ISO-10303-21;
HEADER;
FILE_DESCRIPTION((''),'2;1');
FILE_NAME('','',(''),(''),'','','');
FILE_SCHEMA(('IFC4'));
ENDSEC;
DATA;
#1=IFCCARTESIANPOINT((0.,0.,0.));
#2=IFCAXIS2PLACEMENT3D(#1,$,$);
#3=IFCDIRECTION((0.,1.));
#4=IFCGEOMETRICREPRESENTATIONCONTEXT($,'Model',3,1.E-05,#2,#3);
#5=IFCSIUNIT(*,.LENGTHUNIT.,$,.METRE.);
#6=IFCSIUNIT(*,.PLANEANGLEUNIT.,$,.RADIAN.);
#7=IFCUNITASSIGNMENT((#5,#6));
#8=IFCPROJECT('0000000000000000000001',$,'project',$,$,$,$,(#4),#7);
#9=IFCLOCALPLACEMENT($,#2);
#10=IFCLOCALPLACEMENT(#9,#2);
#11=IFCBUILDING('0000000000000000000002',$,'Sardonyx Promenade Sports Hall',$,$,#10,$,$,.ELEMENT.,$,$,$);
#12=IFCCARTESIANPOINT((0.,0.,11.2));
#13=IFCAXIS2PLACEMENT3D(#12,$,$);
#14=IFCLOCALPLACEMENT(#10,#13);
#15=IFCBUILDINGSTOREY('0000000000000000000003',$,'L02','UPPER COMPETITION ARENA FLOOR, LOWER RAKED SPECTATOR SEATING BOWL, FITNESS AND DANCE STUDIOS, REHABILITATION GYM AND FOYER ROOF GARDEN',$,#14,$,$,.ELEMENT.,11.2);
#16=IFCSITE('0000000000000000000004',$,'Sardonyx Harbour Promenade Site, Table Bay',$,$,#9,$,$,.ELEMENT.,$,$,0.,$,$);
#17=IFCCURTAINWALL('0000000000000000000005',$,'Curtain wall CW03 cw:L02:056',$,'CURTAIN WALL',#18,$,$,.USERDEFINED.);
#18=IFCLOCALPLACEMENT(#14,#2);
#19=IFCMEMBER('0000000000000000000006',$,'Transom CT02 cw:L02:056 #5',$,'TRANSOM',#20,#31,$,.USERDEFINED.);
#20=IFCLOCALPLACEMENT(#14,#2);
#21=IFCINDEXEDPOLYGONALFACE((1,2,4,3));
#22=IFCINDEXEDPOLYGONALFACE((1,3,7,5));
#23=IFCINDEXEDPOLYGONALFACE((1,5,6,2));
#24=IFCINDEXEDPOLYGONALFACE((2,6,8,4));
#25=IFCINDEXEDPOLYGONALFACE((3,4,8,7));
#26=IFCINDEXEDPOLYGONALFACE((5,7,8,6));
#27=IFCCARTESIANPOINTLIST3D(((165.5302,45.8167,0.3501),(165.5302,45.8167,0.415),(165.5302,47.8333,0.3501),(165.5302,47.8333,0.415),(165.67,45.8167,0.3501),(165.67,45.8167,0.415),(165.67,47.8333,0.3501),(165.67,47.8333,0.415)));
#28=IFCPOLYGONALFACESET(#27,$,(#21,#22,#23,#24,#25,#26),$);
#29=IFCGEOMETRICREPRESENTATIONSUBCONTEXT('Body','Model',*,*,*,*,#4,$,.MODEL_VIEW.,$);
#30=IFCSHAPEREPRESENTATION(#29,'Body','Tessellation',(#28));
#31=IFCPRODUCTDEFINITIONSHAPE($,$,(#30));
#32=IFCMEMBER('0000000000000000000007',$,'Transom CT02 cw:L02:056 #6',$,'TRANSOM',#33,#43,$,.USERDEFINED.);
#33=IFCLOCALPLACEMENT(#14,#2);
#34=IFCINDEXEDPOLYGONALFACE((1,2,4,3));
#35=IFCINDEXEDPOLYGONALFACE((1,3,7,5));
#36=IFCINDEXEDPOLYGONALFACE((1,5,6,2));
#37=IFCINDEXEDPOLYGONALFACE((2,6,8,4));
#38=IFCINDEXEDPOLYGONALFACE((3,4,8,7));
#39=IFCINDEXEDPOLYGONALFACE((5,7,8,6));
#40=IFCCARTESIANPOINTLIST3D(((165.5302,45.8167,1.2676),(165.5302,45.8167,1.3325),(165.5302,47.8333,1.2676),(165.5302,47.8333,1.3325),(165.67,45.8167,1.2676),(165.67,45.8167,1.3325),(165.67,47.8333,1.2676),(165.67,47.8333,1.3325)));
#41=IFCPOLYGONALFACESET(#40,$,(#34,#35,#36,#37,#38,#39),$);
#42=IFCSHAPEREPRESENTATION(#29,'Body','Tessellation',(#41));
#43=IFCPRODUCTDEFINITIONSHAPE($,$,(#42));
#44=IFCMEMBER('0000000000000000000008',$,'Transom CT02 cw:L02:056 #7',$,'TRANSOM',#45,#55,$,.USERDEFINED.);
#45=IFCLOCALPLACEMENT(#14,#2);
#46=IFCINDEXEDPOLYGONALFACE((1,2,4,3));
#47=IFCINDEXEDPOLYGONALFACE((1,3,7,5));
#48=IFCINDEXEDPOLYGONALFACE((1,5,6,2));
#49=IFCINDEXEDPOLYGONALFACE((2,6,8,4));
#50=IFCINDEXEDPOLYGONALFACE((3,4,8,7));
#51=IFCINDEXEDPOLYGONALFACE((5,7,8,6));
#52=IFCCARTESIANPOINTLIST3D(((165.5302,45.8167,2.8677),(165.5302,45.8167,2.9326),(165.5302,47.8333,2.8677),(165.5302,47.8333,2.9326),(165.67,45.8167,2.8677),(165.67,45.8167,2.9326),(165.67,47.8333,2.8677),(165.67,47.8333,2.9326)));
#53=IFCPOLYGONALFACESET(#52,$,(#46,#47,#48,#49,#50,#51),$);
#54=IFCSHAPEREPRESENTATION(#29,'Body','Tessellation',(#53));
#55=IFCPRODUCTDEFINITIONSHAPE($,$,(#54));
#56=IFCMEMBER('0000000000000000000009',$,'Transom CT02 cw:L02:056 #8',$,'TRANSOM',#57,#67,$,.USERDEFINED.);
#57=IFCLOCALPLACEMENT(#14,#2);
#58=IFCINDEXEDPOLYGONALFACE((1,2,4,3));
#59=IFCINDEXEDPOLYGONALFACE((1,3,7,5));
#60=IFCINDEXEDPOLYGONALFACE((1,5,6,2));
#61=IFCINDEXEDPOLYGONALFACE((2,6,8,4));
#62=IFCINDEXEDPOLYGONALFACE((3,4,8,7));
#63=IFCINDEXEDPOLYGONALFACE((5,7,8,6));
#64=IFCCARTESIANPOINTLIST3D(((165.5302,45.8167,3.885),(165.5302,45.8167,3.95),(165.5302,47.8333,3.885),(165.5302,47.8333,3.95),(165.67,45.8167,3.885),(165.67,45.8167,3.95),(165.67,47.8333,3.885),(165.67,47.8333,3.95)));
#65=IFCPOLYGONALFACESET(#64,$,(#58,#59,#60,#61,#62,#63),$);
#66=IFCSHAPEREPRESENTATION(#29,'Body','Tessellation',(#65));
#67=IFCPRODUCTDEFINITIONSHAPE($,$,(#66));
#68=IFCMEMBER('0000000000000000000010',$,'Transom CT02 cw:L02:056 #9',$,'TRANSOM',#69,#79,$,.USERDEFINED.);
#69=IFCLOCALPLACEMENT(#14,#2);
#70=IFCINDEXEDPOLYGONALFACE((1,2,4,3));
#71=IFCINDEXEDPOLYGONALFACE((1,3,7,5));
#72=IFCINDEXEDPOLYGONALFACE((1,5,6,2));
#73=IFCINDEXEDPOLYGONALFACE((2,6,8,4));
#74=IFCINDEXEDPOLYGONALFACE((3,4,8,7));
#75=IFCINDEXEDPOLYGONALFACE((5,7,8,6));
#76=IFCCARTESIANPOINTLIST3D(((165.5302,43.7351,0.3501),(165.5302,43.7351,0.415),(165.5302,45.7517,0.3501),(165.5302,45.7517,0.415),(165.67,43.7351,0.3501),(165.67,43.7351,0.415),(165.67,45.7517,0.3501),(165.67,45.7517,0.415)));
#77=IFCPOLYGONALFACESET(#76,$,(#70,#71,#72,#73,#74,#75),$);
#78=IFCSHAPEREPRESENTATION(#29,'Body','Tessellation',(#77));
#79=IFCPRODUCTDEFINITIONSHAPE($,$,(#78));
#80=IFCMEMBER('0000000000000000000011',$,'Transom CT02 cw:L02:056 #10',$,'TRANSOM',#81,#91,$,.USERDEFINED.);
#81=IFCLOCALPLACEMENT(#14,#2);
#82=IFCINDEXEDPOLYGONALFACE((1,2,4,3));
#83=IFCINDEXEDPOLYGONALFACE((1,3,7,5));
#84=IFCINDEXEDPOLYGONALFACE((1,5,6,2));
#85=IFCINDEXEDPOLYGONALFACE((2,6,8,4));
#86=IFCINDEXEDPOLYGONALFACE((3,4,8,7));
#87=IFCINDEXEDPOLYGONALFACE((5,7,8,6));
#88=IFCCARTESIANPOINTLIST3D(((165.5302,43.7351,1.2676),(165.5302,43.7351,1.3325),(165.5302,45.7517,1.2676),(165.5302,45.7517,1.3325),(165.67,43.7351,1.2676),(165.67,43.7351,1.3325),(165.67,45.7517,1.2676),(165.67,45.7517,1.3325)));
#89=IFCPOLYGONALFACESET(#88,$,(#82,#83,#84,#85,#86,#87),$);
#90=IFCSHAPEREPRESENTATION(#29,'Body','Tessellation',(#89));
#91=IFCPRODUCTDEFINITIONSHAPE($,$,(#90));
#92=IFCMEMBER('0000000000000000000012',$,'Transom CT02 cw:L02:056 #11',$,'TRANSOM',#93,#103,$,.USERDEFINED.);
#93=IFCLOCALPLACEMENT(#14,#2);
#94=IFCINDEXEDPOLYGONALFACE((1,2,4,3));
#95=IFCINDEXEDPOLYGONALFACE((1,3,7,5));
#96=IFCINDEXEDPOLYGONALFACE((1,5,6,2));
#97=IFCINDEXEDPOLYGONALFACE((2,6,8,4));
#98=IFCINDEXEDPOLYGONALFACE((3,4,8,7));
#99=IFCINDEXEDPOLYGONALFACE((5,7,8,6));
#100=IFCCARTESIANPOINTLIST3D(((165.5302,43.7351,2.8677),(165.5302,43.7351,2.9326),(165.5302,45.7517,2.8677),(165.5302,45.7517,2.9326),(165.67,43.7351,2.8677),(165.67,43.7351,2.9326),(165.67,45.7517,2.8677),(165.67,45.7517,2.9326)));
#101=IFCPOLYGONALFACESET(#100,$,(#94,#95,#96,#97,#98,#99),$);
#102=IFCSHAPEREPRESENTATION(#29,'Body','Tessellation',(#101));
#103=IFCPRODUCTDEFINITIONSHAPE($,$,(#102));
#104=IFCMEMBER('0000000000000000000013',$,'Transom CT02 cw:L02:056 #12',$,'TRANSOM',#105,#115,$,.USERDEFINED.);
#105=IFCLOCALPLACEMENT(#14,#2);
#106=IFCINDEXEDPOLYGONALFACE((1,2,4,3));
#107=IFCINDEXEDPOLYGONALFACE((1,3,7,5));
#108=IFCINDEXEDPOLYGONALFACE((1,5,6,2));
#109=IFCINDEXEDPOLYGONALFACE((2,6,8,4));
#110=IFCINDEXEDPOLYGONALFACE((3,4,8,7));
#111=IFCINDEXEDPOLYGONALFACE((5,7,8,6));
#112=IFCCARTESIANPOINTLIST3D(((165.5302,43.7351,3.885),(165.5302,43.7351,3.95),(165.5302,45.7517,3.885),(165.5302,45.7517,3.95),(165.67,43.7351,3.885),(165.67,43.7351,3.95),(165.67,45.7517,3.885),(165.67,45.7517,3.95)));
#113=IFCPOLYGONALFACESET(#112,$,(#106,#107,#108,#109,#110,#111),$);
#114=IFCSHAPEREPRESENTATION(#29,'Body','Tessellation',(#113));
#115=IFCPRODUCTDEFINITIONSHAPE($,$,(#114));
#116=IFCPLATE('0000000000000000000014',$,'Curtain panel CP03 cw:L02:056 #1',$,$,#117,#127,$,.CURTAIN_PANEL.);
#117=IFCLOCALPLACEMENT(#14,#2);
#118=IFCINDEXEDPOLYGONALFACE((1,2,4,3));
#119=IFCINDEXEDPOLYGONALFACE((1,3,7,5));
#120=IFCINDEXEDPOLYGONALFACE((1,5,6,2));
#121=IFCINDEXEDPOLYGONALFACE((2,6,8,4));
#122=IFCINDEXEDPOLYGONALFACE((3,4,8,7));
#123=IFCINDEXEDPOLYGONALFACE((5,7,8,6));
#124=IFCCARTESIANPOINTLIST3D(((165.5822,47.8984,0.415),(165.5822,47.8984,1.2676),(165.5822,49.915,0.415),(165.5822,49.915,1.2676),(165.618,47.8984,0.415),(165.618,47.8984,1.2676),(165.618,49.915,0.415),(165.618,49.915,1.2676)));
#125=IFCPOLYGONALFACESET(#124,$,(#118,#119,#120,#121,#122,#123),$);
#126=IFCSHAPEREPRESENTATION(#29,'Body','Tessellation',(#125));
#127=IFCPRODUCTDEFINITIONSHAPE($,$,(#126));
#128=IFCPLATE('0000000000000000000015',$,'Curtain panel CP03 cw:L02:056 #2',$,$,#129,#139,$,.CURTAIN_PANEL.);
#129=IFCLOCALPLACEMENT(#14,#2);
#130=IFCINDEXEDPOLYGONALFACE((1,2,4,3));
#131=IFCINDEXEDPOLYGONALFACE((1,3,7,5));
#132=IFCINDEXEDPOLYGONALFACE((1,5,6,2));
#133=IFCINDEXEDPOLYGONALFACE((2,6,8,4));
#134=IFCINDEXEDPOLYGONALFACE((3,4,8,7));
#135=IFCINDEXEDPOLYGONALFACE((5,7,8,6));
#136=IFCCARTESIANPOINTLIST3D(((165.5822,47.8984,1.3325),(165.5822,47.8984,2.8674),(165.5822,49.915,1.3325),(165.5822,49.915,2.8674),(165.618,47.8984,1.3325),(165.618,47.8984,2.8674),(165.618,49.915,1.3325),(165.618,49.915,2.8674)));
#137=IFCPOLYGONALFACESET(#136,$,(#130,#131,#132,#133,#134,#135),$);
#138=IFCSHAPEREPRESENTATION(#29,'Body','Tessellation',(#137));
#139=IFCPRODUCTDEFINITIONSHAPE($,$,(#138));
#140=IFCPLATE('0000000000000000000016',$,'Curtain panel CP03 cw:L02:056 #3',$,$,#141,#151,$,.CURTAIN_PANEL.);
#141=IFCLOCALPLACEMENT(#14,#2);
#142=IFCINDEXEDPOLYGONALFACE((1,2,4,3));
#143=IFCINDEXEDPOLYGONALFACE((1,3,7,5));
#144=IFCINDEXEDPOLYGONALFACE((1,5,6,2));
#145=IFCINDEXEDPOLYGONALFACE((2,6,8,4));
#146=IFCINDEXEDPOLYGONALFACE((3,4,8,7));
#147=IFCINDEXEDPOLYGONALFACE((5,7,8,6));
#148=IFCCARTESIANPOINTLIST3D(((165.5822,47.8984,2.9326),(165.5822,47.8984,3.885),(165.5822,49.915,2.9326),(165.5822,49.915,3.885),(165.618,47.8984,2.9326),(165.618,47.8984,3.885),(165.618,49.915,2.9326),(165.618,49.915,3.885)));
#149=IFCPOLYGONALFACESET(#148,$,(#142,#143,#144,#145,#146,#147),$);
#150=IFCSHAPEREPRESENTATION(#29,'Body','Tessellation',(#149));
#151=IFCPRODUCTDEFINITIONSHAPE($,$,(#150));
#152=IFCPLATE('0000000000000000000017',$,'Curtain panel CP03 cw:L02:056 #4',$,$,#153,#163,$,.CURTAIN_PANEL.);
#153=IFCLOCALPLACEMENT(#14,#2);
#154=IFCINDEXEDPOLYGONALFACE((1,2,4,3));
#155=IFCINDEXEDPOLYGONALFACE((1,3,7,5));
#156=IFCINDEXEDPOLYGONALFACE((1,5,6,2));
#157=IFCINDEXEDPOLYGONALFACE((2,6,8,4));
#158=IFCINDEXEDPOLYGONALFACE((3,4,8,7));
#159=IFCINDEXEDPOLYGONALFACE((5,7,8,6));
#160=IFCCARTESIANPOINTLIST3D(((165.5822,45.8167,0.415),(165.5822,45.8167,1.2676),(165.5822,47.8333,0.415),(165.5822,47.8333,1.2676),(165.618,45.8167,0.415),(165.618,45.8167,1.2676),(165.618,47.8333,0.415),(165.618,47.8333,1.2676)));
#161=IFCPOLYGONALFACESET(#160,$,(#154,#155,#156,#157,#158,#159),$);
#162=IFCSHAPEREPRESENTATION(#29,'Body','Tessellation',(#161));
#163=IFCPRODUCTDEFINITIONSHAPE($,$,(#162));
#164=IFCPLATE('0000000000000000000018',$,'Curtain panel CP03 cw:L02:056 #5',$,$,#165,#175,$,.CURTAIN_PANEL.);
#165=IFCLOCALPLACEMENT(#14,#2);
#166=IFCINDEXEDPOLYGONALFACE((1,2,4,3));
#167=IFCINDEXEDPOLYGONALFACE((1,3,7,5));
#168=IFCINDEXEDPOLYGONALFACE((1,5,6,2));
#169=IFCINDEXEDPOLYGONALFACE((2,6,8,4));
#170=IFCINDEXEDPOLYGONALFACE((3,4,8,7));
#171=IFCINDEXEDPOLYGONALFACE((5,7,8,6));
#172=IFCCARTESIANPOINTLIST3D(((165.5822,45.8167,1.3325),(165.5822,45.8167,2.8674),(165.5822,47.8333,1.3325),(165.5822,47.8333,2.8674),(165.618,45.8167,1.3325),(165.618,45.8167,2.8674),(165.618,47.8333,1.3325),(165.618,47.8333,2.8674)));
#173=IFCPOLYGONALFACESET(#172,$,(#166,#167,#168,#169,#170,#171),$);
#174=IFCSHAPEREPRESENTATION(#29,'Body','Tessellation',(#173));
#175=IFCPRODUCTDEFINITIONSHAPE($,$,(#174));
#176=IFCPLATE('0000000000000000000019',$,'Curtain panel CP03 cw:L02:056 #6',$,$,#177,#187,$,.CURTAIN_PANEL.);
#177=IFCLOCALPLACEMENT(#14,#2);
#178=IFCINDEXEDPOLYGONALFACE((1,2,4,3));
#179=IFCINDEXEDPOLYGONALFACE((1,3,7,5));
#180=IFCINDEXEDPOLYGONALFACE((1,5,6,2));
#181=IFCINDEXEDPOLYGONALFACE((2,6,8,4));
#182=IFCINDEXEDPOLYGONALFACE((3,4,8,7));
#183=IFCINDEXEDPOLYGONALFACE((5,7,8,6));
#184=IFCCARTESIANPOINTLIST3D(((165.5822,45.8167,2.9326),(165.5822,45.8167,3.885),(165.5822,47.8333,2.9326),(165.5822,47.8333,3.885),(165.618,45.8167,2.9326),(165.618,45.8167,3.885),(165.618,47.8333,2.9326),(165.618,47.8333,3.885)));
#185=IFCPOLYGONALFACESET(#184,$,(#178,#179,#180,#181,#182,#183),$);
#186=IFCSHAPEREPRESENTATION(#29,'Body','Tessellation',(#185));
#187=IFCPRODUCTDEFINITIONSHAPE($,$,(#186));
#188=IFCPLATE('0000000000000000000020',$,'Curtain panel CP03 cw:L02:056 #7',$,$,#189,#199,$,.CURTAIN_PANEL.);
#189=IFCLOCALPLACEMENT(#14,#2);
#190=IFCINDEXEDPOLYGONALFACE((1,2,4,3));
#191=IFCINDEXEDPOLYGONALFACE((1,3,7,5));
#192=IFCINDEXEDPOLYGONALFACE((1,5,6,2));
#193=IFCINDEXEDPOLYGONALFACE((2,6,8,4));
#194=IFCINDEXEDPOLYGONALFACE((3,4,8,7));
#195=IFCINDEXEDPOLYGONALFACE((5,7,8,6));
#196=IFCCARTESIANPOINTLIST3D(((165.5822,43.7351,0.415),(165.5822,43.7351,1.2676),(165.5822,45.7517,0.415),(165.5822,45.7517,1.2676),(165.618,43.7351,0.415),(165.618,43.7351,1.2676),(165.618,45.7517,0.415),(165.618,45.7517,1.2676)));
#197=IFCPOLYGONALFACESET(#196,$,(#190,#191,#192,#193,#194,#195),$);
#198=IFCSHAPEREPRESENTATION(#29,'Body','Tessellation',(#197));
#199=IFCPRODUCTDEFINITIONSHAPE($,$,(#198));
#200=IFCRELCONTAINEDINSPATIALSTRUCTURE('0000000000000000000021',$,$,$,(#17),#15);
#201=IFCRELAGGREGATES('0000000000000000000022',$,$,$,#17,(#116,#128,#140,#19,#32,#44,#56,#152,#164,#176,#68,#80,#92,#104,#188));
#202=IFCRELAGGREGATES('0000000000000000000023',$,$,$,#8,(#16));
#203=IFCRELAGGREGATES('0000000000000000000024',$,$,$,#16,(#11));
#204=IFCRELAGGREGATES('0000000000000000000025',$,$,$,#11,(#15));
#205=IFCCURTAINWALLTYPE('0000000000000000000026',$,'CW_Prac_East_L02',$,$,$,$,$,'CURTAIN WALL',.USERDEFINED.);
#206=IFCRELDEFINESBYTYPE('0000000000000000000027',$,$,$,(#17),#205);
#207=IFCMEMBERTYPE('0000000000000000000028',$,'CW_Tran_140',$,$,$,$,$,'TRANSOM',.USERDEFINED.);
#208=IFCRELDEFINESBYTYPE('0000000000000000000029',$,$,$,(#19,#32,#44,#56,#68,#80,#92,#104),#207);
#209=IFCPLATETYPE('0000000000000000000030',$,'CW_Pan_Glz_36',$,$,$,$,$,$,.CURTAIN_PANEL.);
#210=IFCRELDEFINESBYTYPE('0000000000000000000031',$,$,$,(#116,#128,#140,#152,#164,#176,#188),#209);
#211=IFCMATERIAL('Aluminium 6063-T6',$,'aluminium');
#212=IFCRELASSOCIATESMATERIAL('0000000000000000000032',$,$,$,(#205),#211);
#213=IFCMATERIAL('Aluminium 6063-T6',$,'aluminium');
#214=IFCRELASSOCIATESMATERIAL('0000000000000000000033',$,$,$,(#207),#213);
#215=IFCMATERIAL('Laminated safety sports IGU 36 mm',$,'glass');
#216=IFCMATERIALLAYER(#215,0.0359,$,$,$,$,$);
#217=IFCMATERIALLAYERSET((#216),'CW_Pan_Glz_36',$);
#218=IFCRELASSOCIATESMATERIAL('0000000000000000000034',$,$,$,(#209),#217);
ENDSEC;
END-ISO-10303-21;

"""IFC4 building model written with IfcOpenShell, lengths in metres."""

from ifc_helpers import new_model, si_unit, direction, frame, origin, origin_2d, place, context, subcontext, project, spatial, rectangle, extrude, material, layer, layer_set, material_profile, profile_set, type_object, element, aggregate, save


model = new_model("IFC4")

# Units and contexts
model_context = context("Model", 3, precision=1e-05, world=origin(), true_north=direction((0.0, 1.0)))
body_context = subcontext(model_context, "Body", "Model", "MODEL_VIEW")
ifc_project = project(units=[si_unit("LENGTHUNIT", "METRE"), si_unit("PLANEANGLEUNIT", "RADIAN")], contexts=[model_context])

# Site, building, storey
site_placement = place(None, origin())
site = spatial("IfcSite", under=ifc_project, at=site_placement, Name="Sardonyx Harbour Promenade Site, Table Bay", CompositionType="ELEMENT", RefElevation=0.0)
building_placement = place(site_placement, origin())
building = spatial("IfcBuilding", under=site, at=building_placement, Name="Sardonyx Promenade Sports Hall", CompositionType="ELEMENT")
storey_placement = place(building_placement, frame((0.0, 0.0, 11.2)))
storey = spatial("IfcBuildingStorey", under=building, at=storey_placement, Name="L02", Description="UPPER COMPETITION ARENA FLOOR, LOWER RAKED SPECTATOR SEATING BOWL, FITNESS AND DANCE STUDIOS, REHABILITATION GYM AND FOYER ROOF GARDEN", CompositionType="ELEMENT", Elevation=11.2)

# Curtain wall, members, plates
ifc_material_1 = material(Name="Aluminium 6063-T6", Category="aluminium")
curtain_wall_type = type_object("IfcCurtainWallType", Name="CW_Prac_East_L02", ElementType="CURTAIN WALL", PredefinedType="USERDEFINED", material=ifc_material_1)
curtain_wall_placement = place(storey_placement, origin())
curtain_wall = element("IfcCurtainWall", 1, at=curtain_wall_placement, inside=storey, type_object=curtain_wall_type, Name="Curtain wall CW03 cw:L02:056", ObjectType="CURTAIN WALL", PredefinedType="USERDEFINED")
ifc_material_2 = material(Name="Aluminium 6063-T6", Category="aluminium")
ifc_material_profile_1 = material_profile(ifc_material_2, rectangle(XDim=0.0649, YDim=0.1399, at=origin_2d()))
ifc_profile_set_1 = profile_set([ifc_material_profile_1], Name="Aluminium 6063-T6")
member_type_1 = type_object("IfcMemberType", Name="CW_Tran_140", ElementType="TRANSOM", PredefinedType="USERDEFINED", material=ifc_profile_set_1)
member_1_placement = place(storey_placement, frame((165.6001, 47.8333, 0.3826), z_axis=(0.0, -1.0, 0.0), x_axis=(0.0, 0.0, 1.0)))
member_1 = element("IfcMember", 2, at=member_1_placement, type_object=member_type_1, Name="Transom CT02 cw:L02:056 #5", ObjectType="TRANSOM", PredefinedType="USERDEFINED", context=body_context, shape_type="SweptSolid", body=[
    extrude(rectangle(XDim=0.0649, YDim=0.1399, at=origin_2d()), origin(), (0.0, 0.0, 1.0), 2.0166),
])
member_2_placement = place(storey_placement, frame((165.6001, 47.8333, 1.3), z_axis=(0.0, -1.0, 0.0), x_axis=(0.0, 0.0, 1.0)))
member_2 = element("IfcMember", 3, at=member_2_placement, type_object=member_type_1, Name="Transom CT02 cw:L02:056 #6", ObjectType="TRANSOM", PredefinedType="USERDEFINED", context=body_context, shape_type="SweptSolid", body=[
    extrude(rectangle(XDim=0.0649, YDim=0.1399, at=origin_2d()), origin(), (0.0, 0.0, 1.0), 2.0166),
])
member_3_placement = place(storey_placement, frame((165.6001, 47.8333, 2.9001), z_axis=(0.0, -1.0, 0.0), x_axis=(0.0, 0.0, 1.0)))
member_3 = element("IfcMember", 4, at=member_3_placement, type_object=member_type_1, Name="Transom CT02 cw:L02:056 #7", ObjectType="TRANSOM", PredefinedType="USERDEFINED", context=body_context, shape_type="SweptSolid", body=[
    extrude(rectangle(XDim=0.0649, YDim=0.1399, at=origin_2d()), origin(), (0.0, 0.0, 1.0), 2.0166),
])
member_4_placement = place(storey_placement, frame((165.6001, 47.8333, 3.9175), z_axis=(0.0, -1.0, 0.0), x_axis=(0.0, 0.0, 1.0)))
member_4 = element("IfcMember", 5, at=member_4_placement, type_object=member_type_1, Name="Transom CT02 cw:L02:056 #8", ObjectType="TRANSOM", PredefinedType="USERDEFINED", context=body_context, shape_type="SweptSolid", body=[
    extrude(rectangle(XDim=0.0649, YDim=0.1399, at=origin_2d()), origin(), (0.0, 0.0, 1.0), 2.0166),
])
member_5_placement = place(storey_placement, frame((165.6001, 45.7517, 0.3826), z_axis=(0.0, -1.0, 0.0), x_axis=(0.0, 0.0, 1.0)))
member_5 = element("IfcMember", 6, at=member_5_placement, type_object=member_type_1, Name="Transom CT02 cw:L02:056 #9", ObjectType="TRANSOM", PredefinedType="USERDEFINED", context=body_context, shape_type="SweptSolid", body=[
    extrude(rectangle(XDim=0.0649, YDim=0.1399, at=origin_2d()), origin(), (0.0, 0.0, 1.0), 2.0166),
])
member_6_placement = place(storey_placement, frame((165.6001, 45.7517, 1.3), z_axis=(0.0, -1.0, 0.0), x_axis=(0.0, 0.0, 1.0)))
member_6 = element("IfcMember", 7, at=member_6_placement, type_object=member_type_1, Name="Transom CT02 cw:L02:056 #10", ObjectType="TRANSOM", PredefinedType="USERDEFINED", context=body_context, shape_type="SweptSolid", body=[
    extrude(rectangle(XDim=0.0649, YDim=0.1399, at=origin_2d()), origin(), (0.0, 0.0, 1.0), 2.0166),
])
member_7_placement = place(storey_placement, frame((165.6001, 45.7517, 2.9001), z_axis=(0.0, -1.0, 0.0), x_axis=(0.0, 0.0, 1.0)))
member_7 = element("IfcMember", 8, at=member_7_placement, type_object=member_type_1, Name="Transom CT02 cw:L02:056 #11", ObjectType="TRANSOM", PredefinedType="USERDEFINED", context=body_context, shape_type="SweptSolid", body=[
    extrude(rectangle(XDim=0.0649, YDim=0.1399, at=origin_2d()), origin(), (0.0, 0.0, 1.0), 2.0166),
])
member_8_placement = place(storey_placement, frame((165.6001, 45.7517, 3.9175), z_axis=(0.0, -1.0, 0.0), x_axis=(0.0, 0.0, 1.0)))
member_8 = element("IfcMember", 9, at=member_8_placement, type_object=member_type_1, Name="Transom CT02 cw:L02:056 #12", ObjectType="TRANSOM", PredefinedType="USERDEFINED", context=body_context, shape_type="SweptSolid", body=[
    extrude(rectangle(XDim=0.0649, YDim=0.1399, at=origin_2d()), origin(), (0.0, 0.0, 1.0), 2.0166),
])
ifc_material_3 = material(Name="Laminated safety sports IGU 36 mm", Category="glass")
ifc_layer_1 = layer(ifc_material_3, 0.0359)
ifc_layer_set_1 = layer_set([ifc_layer_1], Name="CW_Pan_Glz_36")
plate_type = type_object("IfcPlateType", Name="CW_Pan_Glz_36", PredefinedType="CURTAIN_PANEL", material=ifc_layer_set_1)
plate_1_placement = place(storey_placement, frame((165.6001, 48.9067, 0.415), z_axis=(0.0, 0.0, 1.0), x_axis=(0.0, -1.0, 0.0)))
plate_1 = element("IfcPlate", 10, at=plate_1_placement, type_object=plate_type, Name="Curtain panel CP03 cw:L02:056 #1", PredefinedType="CURTAIN_PANEL", context=body_context, shape_type="SweptSolid", body=[
    extrude(rectangle(XDim=2.0166, YDim=0.0359, at=origin_2d()), origin(), (0.0, 0.0, 1.0), 0.8525),
])
plate_2_placement = place(storey_placement, frame((165.6001, 48.9067, 1.3325), z_axis=(0.0, 0.0, 1.0), x_axis=(0.0, -1.0, 0.0)))
plate_2 = element("IfcPlate", 11, at=plate_2_placement, type_object=plate_type, Name="Curtain panel CP03 cw:L02:056 #2", PredefinedType="CURTAIN_PANEL", context=body_context, shape_type="SweptSolid", body=[
    extrude(rectangle(XDim=2.0166, YDim=0.0359, at=origin_2d()), origin(), (0.0, 0.0, 1.0), 1.5349),
])
plate_3_placement = place(storey_placement, frame((165.6001, 48.9067, 2.9326), z_axis=(0.0, 0.0, 1.0), x_axis=(0.0, -1.0, 0.0)))
plate_3 = element("IfcPlate", 12, at=plate_3_placement, type_object=plate_type, Name="Curtain panel CP03 cw:L02:056 #3", PredefinedType="CURTAIN_PANEL", context=body_context, shape_type="SweptSolid", body=[
    extrude(rectangle(XDim=2.0166, YDim=0.0359, at=origin_2d()), origin(), (0.0, 0.0, 1.0), 0.9524),
])
plate_4_placement = place(storey_placement, frame((165.6001, 46.825, 0.415), z_axis=(0.0, 0.0, 1.0), x_axis=(0.0, -1.0, 0.0)))
plate_4 = element("IfcPlate", 13, at=plate_4_placement, type_object=plate_type, Name="Curtain panel CP03 cw:L02:056 #4", PredefinedType="CURTAIN_PANEL", context=body_context, shape_type="SweptSolid", body=[
    extrude(rectangle(XDim=2.0166, YDim=0.0359, at=origin_2d()), origin(), (0.0, 0.0, 1.0), 0.8525),
])
plate_5_placement = place(storey_placement, frame((165.6001, 46.825, 1.3325), z_axis=(0.0, 0.0, 1.0), x_axis=(0.0, -1.0, 0.0)))
plate_5 = element("IfcPlate", 14, at=plate_5_placement, type_object=plate_type, Name="Curtain panel CP03 cw:L02:056 #5", PredefinedType="CURTAIN_PANEL", context=body_context, shape_type="SweptSolid", body=[
    extrude(rectangle(XDim=2.0166, YDim=0.0359, at=origin_2d()), origin(), (0.0, 0.0, 1.0), 1.5349),
])
plate_6_placement = place(storey_placement, frame((165.6001, 46.825, 2.9326), z_axis=(0.0, 0.0, 1.0), x_axis=(0.0, -1.0, 0.0)))
plate_6 = element("IfcPlate", 15, at=plate_6_placement, type_object=plate_type, Name="Curtain panel CP03 cw:L02:056 #6", PredefinedType="CURTAIN_PANEL", context=body_context, shape_type="SweptSolid", body=[
    extrude(rectangle(XDim=2.0166, YDim=0.0359, at=origin_2d()), origin(), (0.0, 0.0, 1.0), 0.9524),
])
plate_7_placement = place(storey_placement, frame((165.6001, 44.7434, 0.415), z_axis=(0.0, 0.0, 1.0), x_axis=(0.0, -1.0, 0.0)))
plate_7 = element("IfcPlate", 16, at=plate_7_placement, type_object=plate_type, Name="Curtain panel CP03 cw:L02:056 #7", PredefinedType="CURTAIN_PANEL", context=body_context, shape_type="SweptSolid", body=[
    extrude(rectangle(XDim=2.0166, YDim=0.0359, at=origin_2d()), origin(), (0.0, 0.0, 1.0), 0.8525),
])
aggregate(curtain_wall, [plate_1, plate_2, plate_3, member_1, member_2, member_3, member_4, plate_4, plate_5, plate_6, member_5, member_6, member_7, member_8, plate_7])

save(model, "model.ifc")
